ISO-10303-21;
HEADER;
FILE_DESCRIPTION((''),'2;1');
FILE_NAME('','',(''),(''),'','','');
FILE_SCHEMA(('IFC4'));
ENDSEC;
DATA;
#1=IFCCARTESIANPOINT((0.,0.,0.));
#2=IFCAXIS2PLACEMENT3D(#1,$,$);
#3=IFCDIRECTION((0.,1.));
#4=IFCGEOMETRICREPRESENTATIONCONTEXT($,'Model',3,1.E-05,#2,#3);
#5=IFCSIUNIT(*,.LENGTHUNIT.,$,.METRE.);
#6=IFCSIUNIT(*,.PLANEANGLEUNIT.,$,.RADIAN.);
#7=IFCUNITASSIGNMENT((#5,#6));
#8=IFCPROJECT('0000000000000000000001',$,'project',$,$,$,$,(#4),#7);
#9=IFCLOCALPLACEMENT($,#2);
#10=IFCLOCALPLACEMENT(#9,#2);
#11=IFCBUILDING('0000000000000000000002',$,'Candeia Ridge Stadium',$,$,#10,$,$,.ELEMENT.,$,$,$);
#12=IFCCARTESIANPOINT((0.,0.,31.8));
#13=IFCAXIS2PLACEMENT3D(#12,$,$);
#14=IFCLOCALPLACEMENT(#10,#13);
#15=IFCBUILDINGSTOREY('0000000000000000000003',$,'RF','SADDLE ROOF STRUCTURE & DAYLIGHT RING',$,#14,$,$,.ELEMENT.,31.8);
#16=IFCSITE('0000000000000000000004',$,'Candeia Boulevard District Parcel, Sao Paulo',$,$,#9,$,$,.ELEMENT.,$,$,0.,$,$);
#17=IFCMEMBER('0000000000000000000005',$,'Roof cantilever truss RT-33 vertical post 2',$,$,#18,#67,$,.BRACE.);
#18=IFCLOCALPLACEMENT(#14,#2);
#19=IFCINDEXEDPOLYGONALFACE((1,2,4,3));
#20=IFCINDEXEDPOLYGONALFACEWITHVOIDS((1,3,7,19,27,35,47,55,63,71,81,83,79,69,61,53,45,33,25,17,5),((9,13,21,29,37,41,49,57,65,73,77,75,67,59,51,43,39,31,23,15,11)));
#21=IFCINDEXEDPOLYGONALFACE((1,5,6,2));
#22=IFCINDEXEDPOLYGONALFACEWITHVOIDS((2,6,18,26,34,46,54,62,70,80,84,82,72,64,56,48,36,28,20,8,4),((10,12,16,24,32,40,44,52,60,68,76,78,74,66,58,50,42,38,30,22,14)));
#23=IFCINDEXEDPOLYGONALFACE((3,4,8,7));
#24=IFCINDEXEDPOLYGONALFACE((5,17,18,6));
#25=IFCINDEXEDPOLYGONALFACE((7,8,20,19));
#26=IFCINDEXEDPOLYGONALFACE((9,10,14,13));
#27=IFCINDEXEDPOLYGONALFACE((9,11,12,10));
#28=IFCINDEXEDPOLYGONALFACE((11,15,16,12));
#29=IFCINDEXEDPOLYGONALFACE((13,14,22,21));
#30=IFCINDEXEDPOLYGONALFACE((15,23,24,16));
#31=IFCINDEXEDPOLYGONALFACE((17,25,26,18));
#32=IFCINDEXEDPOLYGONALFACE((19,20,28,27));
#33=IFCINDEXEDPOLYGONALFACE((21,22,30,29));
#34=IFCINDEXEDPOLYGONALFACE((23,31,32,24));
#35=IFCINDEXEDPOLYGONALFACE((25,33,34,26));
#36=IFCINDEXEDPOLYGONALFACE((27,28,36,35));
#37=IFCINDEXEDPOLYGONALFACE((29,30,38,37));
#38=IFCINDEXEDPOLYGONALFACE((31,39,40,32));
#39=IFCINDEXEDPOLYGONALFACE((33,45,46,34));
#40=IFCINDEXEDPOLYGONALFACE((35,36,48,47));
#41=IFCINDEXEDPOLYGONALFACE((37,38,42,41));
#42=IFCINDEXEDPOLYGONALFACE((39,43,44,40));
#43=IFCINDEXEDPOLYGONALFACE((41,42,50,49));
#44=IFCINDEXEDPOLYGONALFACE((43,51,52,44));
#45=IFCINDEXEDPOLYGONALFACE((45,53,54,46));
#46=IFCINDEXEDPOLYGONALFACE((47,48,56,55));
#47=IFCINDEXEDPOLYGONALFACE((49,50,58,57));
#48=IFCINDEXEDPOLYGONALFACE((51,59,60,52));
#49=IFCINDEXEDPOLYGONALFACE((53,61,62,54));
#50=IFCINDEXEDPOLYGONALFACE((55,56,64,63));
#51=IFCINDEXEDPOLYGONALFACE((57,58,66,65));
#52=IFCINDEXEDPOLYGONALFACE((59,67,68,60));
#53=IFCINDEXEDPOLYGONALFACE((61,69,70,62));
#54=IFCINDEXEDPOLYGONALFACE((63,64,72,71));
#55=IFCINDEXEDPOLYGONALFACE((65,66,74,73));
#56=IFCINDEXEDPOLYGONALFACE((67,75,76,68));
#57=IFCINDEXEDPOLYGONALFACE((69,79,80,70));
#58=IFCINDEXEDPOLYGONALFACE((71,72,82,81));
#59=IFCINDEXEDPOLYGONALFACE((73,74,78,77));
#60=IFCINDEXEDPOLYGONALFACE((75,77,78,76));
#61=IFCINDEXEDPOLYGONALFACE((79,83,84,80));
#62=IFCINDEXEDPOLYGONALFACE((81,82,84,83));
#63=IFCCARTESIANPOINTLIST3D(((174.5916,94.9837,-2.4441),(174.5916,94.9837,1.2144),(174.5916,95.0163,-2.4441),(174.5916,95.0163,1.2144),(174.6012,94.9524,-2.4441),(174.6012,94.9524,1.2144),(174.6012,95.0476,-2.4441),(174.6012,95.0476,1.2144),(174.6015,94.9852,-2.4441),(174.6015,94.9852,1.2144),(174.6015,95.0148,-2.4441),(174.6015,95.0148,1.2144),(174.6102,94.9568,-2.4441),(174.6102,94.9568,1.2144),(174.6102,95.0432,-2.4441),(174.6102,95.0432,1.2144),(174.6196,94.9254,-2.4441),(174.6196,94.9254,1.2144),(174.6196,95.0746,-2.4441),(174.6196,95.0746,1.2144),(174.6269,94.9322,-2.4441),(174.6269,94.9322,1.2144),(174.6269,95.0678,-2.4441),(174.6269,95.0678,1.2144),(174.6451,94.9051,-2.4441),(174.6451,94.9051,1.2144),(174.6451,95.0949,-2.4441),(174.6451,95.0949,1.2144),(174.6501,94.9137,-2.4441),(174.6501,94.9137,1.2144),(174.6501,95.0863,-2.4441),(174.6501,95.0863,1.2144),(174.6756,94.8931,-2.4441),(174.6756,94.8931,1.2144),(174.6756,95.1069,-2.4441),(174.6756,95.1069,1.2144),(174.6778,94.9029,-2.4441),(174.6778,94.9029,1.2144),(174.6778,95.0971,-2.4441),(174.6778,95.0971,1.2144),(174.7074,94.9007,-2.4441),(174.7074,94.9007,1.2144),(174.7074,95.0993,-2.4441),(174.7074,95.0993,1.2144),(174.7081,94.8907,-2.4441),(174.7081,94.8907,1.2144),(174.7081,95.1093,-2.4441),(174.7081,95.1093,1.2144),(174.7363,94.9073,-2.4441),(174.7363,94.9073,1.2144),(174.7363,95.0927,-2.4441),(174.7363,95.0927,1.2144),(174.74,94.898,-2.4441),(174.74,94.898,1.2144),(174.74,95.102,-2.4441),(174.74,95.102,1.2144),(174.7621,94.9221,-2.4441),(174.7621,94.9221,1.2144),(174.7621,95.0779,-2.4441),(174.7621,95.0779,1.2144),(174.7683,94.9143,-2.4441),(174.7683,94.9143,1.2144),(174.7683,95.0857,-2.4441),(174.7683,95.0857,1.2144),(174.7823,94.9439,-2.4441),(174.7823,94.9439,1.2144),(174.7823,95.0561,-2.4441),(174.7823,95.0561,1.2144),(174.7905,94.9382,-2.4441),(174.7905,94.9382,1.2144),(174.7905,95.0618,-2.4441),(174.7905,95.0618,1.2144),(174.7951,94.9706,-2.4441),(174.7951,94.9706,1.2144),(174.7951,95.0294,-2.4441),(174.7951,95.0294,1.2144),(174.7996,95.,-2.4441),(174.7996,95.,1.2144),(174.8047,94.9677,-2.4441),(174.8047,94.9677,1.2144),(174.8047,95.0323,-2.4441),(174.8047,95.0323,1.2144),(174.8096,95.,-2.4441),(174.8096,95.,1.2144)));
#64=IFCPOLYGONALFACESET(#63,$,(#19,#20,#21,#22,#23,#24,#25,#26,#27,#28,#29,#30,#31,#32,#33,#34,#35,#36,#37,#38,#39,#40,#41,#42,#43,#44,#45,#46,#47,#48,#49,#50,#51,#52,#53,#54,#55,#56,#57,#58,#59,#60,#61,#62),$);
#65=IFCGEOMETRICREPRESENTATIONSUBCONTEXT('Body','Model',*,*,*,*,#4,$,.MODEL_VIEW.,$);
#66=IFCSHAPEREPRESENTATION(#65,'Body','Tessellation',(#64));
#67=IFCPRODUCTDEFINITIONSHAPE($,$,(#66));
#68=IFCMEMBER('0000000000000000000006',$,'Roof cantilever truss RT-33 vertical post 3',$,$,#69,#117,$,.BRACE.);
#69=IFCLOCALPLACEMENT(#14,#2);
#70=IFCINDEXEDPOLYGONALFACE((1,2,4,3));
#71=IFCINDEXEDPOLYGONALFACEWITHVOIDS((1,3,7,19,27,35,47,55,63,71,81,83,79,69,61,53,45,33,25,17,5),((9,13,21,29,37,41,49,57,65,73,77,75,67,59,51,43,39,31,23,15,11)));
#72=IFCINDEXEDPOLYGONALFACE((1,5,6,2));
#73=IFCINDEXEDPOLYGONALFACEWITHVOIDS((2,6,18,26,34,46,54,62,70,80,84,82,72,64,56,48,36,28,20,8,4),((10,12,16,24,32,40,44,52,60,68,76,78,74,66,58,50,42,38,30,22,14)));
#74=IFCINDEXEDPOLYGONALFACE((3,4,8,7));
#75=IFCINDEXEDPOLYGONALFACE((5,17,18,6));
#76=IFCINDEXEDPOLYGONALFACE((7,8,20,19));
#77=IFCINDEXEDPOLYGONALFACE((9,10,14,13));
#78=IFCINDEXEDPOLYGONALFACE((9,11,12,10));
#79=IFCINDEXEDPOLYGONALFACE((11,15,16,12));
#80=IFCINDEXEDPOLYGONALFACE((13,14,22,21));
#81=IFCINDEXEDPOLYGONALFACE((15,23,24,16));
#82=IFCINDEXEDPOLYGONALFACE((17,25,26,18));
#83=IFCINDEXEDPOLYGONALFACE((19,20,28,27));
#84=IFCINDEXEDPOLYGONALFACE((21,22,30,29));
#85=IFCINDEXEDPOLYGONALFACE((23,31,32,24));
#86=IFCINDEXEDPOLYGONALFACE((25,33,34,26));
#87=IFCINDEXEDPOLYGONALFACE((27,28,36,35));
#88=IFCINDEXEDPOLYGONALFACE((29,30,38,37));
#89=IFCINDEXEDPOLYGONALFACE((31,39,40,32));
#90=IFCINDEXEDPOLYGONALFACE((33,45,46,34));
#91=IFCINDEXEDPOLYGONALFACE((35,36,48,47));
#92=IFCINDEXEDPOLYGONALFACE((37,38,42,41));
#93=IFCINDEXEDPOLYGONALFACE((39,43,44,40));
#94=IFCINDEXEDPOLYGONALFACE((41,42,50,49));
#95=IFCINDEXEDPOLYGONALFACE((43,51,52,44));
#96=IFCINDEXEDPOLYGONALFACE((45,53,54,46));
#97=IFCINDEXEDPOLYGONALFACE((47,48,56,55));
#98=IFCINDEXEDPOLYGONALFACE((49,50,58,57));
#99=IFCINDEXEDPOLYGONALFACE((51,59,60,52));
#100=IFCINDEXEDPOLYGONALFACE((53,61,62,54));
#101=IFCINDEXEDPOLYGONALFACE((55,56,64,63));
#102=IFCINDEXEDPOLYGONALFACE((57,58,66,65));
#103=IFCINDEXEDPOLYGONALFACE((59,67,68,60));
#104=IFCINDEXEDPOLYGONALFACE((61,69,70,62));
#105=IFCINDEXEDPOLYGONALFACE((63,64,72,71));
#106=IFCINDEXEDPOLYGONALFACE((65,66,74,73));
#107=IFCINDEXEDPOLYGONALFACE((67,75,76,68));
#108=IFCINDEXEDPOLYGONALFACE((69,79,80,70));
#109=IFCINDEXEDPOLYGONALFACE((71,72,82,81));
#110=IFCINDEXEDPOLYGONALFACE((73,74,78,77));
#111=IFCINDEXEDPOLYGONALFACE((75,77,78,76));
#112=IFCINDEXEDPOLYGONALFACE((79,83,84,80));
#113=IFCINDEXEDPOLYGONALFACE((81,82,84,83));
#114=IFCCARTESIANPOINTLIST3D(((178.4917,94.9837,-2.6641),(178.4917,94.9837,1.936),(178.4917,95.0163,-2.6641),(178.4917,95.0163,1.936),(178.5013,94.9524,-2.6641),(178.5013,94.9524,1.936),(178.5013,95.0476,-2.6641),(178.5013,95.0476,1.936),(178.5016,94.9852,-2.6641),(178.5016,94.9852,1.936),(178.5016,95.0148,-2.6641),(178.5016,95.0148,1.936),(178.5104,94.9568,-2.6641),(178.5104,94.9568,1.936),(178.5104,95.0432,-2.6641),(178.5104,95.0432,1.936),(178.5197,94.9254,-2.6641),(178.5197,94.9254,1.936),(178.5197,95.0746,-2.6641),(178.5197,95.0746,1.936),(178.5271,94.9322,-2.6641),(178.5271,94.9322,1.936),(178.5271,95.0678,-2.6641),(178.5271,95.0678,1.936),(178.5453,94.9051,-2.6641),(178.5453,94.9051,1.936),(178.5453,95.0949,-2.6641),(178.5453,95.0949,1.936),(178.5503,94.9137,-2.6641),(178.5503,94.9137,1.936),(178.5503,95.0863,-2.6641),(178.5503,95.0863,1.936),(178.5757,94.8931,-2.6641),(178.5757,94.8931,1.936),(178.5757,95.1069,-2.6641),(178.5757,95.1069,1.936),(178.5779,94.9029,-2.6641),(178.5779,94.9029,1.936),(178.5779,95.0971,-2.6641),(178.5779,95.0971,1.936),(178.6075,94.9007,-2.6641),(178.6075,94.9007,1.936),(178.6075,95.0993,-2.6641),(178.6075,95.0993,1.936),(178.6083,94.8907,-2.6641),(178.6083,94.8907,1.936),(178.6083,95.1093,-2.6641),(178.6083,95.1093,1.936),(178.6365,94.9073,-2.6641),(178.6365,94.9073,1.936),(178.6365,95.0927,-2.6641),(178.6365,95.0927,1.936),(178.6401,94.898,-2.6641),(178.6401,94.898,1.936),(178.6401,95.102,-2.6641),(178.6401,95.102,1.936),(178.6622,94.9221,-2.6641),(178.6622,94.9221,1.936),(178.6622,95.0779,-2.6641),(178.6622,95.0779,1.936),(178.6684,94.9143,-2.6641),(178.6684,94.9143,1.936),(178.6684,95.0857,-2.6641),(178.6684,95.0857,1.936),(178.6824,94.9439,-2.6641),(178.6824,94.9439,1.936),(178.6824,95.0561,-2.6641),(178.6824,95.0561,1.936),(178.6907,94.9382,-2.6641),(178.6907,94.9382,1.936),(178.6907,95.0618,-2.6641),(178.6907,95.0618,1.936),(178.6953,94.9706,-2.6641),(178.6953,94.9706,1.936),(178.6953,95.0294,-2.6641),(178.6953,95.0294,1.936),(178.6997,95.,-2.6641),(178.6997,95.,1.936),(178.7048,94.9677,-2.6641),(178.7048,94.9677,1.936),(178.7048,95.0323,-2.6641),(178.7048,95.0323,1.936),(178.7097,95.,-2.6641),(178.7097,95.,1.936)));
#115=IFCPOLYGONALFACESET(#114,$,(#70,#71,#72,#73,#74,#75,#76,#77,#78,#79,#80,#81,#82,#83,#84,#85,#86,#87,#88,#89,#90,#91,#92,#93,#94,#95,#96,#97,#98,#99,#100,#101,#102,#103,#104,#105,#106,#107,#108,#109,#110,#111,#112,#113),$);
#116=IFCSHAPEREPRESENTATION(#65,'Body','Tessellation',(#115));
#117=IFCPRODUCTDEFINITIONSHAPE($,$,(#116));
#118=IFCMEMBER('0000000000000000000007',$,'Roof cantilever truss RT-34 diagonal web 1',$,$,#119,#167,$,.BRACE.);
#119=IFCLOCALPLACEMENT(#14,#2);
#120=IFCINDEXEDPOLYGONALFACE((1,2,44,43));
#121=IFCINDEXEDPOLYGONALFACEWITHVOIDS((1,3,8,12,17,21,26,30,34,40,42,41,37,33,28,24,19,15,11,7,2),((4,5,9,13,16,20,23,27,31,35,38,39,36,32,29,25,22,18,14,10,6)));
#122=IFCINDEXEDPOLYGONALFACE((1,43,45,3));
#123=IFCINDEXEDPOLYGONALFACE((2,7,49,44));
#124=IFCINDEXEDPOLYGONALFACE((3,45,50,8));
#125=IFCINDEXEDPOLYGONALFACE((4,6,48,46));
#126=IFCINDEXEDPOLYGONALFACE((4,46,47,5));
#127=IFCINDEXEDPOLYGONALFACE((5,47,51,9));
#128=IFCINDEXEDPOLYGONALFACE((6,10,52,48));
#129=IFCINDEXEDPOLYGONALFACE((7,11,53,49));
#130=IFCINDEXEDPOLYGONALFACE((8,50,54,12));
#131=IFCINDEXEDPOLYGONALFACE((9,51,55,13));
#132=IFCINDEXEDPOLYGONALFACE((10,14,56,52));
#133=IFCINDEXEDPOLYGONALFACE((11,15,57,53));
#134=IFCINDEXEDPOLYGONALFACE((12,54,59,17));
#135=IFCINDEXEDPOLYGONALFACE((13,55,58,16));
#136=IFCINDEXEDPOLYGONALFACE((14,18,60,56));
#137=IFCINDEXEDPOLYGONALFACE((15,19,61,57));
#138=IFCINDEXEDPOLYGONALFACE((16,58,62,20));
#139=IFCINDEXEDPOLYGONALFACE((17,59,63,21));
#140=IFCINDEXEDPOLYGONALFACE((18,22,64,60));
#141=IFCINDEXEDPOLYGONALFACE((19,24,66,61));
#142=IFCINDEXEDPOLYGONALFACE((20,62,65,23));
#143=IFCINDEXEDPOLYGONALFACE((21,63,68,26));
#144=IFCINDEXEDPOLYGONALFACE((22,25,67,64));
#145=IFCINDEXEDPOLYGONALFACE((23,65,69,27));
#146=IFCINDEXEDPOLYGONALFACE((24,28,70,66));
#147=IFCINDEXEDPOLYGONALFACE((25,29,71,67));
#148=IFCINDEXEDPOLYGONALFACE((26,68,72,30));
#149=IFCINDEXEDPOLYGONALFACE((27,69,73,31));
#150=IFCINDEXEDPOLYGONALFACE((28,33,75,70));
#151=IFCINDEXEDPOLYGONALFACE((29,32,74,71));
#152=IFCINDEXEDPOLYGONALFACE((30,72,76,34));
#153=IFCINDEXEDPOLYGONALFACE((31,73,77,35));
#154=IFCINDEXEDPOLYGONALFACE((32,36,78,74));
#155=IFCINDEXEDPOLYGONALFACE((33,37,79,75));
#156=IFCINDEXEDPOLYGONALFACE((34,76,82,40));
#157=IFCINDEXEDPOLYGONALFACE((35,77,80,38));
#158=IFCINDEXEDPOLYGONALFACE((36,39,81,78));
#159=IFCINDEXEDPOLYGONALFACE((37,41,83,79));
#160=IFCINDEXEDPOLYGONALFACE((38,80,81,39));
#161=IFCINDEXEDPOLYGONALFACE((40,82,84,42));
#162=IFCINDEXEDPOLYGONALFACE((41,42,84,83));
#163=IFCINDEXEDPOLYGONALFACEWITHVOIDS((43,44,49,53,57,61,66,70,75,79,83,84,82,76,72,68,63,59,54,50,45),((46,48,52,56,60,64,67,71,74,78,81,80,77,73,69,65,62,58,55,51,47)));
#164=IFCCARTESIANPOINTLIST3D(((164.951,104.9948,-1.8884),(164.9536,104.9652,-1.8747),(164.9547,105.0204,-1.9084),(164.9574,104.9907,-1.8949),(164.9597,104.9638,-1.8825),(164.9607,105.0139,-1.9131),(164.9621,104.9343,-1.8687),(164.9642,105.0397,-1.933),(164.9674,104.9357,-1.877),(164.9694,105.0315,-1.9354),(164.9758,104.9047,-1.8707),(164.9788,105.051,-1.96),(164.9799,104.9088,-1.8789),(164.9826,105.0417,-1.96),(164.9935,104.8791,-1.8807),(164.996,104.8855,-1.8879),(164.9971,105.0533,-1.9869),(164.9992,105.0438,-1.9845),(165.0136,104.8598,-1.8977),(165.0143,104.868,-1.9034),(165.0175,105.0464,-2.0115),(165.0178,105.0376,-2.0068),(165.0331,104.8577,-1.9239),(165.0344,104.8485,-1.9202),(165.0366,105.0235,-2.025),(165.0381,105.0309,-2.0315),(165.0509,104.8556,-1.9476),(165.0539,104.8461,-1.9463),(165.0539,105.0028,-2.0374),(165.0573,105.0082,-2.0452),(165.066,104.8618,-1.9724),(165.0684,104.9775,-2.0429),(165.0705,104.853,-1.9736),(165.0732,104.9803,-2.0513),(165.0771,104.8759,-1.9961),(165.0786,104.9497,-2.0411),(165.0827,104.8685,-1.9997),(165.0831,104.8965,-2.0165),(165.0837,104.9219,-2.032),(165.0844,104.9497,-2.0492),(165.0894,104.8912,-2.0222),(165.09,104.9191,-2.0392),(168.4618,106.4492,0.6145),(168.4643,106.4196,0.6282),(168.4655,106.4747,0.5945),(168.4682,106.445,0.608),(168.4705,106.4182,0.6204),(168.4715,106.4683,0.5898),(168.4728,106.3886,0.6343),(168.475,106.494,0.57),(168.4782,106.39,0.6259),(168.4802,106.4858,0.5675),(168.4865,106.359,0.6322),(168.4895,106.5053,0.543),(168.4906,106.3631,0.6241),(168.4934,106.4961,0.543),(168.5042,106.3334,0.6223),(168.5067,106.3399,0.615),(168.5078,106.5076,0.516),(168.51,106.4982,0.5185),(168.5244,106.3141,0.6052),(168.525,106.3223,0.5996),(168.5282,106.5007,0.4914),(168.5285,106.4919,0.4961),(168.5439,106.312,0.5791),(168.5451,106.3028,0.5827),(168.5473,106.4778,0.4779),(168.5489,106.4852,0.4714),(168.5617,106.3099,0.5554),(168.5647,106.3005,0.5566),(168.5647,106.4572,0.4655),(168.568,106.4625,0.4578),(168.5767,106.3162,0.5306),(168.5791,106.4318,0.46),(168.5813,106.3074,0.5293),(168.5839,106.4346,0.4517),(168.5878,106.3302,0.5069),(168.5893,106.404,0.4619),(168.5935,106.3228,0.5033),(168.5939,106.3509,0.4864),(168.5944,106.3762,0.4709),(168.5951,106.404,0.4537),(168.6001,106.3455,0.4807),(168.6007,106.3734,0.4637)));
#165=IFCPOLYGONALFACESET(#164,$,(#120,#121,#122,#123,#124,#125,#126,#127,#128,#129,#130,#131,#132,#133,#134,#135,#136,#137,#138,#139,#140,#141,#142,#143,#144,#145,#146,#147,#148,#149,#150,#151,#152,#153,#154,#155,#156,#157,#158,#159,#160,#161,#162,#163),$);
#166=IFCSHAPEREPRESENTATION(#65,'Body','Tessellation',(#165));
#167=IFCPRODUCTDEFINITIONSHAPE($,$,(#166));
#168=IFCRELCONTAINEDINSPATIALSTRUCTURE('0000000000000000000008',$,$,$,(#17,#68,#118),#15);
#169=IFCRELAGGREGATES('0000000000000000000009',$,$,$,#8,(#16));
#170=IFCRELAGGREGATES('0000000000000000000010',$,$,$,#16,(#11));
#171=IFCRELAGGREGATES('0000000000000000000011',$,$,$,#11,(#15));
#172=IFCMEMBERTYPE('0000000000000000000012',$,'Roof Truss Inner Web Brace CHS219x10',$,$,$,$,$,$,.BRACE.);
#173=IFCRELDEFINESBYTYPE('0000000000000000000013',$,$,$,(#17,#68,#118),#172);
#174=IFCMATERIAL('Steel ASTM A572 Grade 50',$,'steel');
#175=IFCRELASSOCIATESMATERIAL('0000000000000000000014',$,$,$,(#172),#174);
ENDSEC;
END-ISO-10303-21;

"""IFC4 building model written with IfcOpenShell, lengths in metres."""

from ifc_helpers import new_model, si_unit, direction, frame, origin, origin_2d, place, context, subcontext, project, spatial, hollow_circle, extrude, material, material_profile, profile_set, type_object, element, save


model = new_model("IFC4")

# Units and contexts
model_context = context("Model", 3, precision=1e-05, world=origin(), true_north=direction((0.0, 1.0)))
body_context = subcontext(model_context, "Body", "Model", "MODEL_VIEW")
ifc_project = project(units=[si_unit("LENGTHUNIT", "METRE"), si_unit("PLANEANGLEUNIT", "RADIAN")], contexts=[model_context])

# Site, building, storey
site_placement = place(None, origin())
site = spatial("IfcSite", under=ifc_project, at=site_placement, Name="Candeia Boulevard District Parcel, Sao Paulo", CompositionType="ELEMENT", RefElevation=0.0)
building_placement = place(site_placement, origin())
building = spatial("IfcBuilding", under=site, at=building_placement, Name="Candeia Ridge Stadium", CompositionType="ELEMENT")
storey_placement = place(building_placement, frame((0.0, 0.0, 31.8)))
storey = spatial("IfcBuildingStorey", under=building, at=storey_placement, Name="RF", Description="SADDLE ROOF STRUCTURE & DAYLIGHT RING", CompositionType="ELEMENT", Elevation=31.8)

# Shared definitions
ifc_material_1 = material(Name="Steel ASTM A572 Grade 50", Category="steel")

# Members
ifc_material_profile_1 = material_profile(ifc_material_1, hollow_circle(Radius=0.1096, WallThickness=0.01, at=origin_2d()), Name="CHS219x10", Category="steel")
ifc_profile_set_1 = profile_set([ifc_material_profile_1], Name="Steel ASTM A572 Grade 50")
member_type_1 = type_object("IfcMemberType", Name="Roof Truss Inner Web Brace CHS219x10", PredefinedType="BRACE", material=ifc_profile_set_1)
member_1_placement = place(storey_placement, frame((174.7, 95.0, -2.4441), z_axis=(0.0, 0.0, 1.0), x_axis=(1.0, 0.0, 0.0)))
element("IfcMember", 1, at=member_1_placement, inside=storey, type_object=member_type_1, Name="Roof cantilever truss RT-33 vertical post 2", PredefinedType="BRACE", context=body_context, shape_type="SweptSolid", body=[
    extrude(hollow_circle(Radius=0.1096, WallThickness=0.01, at=origin_2d()), origin(), (0.0, 0.0, 1.0), 3.6584),
])
member_2_placement = place(storey_placement, frame((178.6001, 95.0, -2.6641), z_axis=(0.0, 0.0, 1.0), x_axis=(1.0, 0.0, 0.0)))
element("IfcMember", 2, at=member_2_placement, inside=storey, type_object=member_type_1, Name="Roof cantilever truss RT-33 vertical post 3", PredefinedType="BRACE", context=body_context, shape_type="SweptSolid", body=[
    extrude(hollow_circle(Radius=0.1096, WallThickness=0.01, at=origin_2d()), origin(), (0.0, 0.0, 1.0), 4.6001),
])
member_3_placement = place(storey_placement, frame((165.0208, 104.9497, -1.96), z_axis=(0.771543, 0.319616, 0.55006), x_axis=(-0.382717, 0.923866, 0.0)))
element("IfcMember", 3, at=member_3_placement, inside=storey, type_object=member_type_1, Name="Roof cantilever truss RT-34 diagonal web 1", PredefinedType="BRACE", context=body_context, shape_type="SweptSolid", body=[
    extrude(hollow_circle(Radius=0.1096, WallThickness=0.01, at=origin_2d()), origin(), (0.0, 0.0, 1.0), 4.5503),
])

save(model, "model.ifc")
